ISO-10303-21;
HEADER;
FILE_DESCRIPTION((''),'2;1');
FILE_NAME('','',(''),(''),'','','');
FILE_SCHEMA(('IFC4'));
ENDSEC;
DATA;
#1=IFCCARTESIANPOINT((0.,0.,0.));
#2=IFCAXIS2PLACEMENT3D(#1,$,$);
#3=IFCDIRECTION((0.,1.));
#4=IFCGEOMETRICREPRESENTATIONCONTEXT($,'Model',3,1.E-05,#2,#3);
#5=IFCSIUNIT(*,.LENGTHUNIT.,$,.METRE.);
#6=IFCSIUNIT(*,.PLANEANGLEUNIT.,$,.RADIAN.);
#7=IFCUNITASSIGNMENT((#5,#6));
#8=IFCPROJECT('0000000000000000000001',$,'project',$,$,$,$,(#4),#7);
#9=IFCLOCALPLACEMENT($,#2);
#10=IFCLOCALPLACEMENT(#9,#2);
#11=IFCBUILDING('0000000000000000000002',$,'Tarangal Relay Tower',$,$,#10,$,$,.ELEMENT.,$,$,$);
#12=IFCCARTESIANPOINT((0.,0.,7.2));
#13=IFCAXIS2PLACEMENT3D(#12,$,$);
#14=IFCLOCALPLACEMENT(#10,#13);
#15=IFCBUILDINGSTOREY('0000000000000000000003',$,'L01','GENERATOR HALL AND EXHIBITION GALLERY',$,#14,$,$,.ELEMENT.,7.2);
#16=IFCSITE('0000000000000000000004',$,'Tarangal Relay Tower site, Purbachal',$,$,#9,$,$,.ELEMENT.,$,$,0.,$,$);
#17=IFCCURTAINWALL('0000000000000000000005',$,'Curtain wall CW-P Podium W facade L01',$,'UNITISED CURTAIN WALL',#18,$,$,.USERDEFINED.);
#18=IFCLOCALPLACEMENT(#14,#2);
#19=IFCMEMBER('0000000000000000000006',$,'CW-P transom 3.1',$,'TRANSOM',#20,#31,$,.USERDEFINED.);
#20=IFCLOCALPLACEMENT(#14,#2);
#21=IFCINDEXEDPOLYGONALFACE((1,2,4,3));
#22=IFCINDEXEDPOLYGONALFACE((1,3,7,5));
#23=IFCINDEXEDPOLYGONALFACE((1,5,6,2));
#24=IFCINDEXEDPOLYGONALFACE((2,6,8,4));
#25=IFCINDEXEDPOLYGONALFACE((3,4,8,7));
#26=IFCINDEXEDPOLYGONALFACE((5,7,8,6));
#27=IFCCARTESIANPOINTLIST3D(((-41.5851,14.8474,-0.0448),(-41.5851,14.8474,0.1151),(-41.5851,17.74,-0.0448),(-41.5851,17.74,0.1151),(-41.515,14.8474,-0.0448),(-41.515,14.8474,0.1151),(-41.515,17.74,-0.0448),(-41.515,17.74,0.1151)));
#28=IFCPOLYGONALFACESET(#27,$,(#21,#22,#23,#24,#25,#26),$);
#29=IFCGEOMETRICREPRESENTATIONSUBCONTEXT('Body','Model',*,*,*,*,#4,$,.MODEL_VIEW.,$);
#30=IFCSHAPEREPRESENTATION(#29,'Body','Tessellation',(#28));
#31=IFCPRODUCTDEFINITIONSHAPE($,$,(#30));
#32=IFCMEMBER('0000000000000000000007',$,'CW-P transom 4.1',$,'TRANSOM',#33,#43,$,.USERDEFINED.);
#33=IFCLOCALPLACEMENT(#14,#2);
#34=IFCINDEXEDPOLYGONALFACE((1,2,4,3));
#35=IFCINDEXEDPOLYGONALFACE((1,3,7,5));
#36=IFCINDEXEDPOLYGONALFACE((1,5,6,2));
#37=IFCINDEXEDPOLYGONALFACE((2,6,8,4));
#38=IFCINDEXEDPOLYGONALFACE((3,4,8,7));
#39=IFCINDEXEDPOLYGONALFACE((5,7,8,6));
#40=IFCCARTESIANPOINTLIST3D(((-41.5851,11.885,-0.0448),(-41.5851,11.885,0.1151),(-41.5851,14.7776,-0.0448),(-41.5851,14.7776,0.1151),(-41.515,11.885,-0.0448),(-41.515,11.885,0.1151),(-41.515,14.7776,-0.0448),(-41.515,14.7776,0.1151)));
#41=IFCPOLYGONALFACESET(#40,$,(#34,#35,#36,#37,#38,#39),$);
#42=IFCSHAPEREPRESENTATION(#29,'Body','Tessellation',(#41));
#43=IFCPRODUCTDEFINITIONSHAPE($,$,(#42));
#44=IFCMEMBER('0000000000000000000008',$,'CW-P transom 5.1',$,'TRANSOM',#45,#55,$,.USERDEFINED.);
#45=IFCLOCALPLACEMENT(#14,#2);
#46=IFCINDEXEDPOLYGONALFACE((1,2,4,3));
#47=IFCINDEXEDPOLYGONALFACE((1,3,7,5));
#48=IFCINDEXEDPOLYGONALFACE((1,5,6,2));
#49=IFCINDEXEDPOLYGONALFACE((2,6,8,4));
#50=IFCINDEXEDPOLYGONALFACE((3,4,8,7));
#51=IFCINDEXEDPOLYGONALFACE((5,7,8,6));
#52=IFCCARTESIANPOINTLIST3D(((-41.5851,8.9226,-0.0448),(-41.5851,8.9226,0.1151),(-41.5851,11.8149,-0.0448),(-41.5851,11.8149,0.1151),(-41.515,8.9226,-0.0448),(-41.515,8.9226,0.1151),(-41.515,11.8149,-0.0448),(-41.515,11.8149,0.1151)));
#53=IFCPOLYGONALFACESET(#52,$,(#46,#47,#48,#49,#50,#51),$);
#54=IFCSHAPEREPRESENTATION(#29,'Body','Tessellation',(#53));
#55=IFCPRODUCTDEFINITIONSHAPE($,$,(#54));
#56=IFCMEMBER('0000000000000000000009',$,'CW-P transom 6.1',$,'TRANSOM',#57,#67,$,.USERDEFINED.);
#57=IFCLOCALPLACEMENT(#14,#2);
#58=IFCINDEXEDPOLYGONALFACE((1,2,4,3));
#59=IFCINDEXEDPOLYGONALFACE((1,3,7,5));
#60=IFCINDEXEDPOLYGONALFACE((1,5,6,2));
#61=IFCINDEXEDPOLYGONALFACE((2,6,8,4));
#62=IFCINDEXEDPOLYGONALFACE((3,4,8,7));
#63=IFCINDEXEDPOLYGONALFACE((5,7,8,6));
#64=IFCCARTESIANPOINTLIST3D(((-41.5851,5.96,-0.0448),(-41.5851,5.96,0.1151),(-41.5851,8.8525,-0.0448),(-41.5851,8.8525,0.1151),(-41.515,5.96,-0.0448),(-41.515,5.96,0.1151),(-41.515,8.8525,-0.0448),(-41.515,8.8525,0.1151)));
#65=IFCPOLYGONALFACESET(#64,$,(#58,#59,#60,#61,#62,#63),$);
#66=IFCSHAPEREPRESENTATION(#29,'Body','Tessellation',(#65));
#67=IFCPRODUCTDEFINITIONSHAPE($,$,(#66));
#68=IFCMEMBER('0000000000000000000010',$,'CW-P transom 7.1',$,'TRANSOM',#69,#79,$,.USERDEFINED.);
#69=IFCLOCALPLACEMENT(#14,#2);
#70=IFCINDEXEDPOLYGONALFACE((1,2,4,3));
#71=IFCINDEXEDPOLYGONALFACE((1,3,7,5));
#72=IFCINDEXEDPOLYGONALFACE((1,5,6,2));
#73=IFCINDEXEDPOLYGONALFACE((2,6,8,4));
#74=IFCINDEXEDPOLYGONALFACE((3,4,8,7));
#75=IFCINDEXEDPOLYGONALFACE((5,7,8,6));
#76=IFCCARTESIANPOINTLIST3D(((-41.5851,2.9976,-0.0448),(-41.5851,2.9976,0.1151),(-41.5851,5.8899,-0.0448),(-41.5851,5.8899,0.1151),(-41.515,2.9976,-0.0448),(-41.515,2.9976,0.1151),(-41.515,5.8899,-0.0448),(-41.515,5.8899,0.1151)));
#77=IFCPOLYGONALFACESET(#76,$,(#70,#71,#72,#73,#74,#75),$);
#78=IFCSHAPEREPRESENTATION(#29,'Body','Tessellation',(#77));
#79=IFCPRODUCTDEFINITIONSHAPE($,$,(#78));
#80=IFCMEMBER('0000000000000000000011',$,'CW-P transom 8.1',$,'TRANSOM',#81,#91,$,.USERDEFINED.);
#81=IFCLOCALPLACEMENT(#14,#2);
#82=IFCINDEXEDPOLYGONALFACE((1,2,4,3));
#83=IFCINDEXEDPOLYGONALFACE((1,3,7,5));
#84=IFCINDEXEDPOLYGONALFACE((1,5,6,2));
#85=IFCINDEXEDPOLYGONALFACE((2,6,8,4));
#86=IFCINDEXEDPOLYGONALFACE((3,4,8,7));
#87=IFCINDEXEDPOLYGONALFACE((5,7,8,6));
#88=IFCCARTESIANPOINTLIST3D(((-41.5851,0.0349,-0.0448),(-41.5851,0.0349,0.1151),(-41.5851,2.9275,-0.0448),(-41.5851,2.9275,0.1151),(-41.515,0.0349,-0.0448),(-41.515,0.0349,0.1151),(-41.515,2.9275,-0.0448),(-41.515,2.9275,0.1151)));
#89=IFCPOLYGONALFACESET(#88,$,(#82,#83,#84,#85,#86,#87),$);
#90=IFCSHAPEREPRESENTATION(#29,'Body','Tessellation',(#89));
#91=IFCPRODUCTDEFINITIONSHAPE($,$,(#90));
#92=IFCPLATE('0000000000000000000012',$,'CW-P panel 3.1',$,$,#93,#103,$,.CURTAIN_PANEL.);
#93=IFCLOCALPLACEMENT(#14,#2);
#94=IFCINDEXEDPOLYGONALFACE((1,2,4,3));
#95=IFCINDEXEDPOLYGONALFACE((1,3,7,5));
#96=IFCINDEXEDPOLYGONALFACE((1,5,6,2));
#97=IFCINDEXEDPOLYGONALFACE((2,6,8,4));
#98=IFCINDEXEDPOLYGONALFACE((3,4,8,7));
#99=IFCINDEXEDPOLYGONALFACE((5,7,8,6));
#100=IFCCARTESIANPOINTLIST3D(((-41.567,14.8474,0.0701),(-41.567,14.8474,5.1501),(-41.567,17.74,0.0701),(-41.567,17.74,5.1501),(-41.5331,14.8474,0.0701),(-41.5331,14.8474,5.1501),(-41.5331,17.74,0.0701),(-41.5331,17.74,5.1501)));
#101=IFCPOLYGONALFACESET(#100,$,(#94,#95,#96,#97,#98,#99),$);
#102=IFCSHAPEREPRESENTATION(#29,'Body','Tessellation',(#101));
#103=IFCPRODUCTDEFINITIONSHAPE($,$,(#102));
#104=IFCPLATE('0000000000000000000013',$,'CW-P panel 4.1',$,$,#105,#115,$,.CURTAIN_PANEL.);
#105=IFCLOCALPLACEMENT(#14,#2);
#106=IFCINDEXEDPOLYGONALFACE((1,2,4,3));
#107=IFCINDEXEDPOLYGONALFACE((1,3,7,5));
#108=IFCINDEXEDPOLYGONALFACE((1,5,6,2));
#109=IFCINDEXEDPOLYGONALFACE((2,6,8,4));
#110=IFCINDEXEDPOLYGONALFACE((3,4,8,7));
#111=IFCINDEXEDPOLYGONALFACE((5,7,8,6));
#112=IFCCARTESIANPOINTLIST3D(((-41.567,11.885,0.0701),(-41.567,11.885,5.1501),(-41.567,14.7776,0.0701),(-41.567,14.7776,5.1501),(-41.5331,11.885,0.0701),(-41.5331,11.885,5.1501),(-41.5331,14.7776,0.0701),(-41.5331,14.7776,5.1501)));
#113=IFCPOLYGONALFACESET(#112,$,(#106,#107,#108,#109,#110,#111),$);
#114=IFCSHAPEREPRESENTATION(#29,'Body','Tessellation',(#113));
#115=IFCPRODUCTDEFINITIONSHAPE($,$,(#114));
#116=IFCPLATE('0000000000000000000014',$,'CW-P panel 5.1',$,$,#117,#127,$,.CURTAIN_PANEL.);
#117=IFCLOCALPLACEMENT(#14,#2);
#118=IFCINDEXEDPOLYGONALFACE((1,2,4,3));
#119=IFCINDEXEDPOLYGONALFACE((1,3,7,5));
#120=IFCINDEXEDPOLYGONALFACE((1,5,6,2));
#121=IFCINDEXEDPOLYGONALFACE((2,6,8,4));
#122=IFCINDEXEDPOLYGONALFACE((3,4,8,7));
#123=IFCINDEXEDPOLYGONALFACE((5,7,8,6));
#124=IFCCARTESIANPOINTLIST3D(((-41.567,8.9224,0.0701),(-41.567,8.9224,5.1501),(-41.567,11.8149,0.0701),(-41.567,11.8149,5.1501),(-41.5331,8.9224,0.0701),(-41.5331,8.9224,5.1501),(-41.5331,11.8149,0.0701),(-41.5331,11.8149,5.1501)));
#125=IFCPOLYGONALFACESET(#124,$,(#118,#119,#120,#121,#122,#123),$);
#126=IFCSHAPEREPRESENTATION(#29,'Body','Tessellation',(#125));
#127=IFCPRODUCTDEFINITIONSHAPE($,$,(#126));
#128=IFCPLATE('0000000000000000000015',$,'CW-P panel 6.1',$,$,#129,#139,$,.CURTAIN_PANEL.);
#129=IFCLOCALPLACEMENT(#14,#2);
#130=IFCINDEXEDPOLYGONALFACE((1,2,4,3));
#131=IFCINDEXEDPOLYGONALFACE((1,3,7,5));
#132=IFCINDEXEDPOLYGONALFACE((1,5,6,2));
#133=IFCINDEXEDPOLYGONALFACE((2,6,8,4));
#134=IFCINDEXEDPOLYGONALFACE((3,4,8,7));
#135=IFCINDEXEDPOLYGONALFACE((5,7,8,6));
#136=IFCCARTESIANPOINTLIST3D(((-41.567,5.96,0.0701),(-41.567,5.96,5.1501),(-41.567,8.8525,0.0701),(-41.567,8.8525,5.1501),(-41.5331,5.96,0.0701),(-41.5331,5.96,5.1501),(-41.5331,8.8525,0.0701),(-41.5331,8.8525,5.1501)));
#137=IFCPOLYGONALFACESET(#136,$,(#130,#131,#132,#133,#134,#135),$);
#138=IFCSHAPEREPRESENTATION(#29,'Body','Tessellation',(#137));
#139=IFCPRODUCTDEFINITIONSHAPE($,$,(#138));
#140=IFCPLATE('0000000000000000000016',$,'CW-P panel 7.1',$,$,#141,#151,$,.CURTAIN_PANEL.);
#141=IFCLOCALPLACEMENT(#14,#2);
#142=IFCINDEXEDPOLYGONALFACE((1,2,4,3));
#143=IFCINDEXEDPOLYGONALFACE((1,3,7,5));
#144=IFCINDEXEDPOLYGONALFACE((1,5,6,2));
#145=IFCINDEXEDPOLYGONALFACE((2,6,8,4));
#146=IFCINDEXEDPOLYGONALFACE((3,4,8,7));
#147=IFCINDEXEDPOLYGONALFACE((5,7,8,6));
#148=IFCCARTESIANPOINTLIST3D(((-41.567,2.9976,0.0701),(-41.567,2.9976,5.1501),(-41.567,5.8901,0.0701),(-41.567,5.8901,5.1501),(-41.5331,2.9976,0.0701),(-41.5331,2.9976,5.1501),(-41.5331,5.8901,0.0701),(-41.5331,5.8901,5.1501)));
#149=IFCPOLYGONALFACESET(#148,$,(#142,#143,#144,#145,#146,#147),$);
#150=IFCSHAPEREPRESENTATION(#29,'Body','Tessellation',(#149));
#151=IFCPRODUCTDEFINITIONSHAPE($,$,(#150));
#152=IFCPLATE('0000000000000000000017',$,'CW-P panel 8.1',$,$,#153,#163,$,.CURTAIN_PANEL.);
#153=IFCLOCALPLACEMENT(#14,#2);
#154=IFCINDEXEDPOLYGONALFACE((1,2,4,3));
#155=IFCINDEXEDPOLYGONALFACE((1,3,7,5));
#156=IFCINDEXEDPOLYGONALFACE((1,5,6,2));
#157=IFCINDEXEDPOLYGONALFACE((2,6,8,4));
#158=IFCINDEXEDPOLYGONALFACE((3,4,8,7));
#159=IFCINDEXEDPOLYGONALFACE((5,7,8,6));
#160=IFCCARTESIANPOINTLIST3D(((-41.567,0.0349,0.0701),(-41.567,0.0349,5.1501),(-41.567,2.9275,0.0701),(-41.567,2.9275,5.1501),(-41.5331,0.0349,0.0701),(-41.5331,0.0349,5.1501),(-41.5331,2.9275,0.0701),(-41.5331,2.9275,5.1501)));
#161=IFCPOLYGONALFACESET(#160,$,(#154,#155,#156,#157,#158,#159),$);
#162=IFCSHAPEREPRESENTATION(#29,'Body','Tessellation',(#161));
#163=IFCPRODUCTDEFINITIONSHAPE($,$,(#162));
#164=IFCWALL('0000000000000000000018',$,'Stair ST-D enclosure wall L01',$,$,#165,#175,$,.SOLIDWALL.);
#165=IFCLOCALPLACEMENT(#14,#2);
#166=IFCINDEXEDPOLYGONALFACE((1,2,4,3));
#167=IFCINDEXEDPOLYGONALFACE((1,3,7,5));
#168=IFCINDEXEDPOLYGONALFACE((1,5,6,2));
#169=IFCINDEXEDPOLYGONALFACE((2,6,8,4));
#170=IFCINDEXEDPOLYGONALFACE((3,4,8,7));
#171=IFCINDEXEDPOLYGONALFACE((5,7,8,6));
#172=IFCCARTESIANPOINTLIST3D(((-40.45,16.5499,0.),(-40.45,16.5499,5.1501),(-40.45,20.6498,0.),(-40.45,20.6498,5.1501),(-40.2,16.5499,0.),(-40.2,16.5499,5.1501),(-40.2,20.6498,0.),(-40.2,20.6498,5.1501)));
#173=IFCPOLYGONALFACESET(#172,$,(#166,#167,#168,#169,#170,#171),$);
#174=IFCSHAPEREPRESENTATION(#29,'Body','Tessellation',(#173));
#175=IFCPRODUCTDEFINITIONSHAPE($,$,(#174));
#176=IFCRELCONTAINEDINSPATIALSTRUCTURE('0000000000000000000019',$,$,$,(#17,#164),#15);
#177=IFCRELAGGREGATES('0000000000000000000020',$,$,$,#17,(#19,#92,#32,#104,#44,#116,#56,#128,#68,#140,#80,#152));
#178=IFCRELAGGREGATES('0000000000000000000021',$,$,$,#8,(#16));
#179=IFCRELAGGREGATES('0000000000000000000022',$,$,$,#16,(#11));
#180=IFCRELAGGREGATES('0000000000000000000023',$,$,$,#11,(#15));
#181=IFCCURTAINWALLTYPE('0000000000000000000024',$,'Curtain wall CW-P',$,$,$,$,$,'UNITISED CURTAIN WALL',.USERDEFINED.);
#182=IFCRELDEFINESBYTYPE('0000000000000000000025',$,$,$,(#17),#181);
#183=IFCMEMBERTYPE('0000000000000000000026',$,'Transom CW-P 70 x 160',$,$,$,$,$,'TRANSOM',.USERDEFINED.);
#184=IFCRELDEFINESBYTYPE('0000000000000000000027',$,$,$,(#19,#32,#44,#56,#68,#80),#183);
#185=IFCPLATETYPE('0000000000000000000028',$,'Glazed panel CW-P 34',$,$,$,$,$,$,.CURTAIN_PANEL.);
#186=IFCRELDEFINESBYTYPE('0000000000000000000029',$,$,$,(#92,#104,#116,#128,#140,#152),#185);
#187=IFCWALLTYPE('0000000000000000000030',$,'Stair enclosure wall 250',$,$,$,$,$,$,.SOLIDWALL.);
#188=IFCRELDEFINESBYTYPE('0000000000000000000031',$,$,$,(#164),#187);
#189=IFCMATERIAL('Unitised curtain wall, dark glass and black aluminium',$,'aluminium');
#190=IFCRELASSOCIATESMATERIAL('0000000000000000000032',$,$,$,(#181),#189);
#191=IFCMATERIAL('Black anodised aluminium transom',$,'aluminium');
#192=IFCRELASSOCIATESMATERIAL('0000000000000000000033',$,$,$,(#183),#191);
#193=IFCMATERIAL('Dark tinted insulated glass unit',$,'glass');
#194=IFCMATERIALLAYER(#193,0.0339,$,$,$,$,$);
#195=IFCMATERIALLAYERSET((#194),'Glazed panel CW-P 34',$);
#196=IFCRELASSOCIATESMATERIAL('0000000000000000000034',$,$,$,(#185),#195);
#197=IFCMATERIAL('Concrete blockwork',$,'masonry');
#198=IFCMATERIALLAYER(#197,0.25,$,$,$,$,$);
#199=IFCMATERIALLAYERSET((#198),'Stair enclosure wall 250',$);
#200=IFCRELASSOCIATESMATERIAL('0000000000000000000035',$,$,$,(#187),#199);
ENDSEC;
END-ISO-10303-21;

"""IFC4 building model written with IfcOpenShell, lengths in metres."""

from ifc_helpers import new_model, si_unit, direction, frame, frame_2d, origin, origin_2d, place, context, subcontext, project, spatial, rectangle, extrude, material, layer, layer_set, material_profile, profile_set, type_object, element, aggregate, save


model = new_model("IFC4")

# Units and contexts
model_context = context("Model", 3, precision=1e-05, world=origin(), true_north=direction((0.0, 1.0)))
body_context = subcontext(model_context, "Body", "Model", "MODEL_VIEW")
ifc_project = project(units=[si_unit("LENGTHUNIT", "METRE"), si_unit("PLANEANGLEUNIT", "RADIAN")], contexts=[model_context])

# Site, building, storey
site_placement = place(None, origin())
site = spatial("IfcSite", under=ifc_project, at=site_placement, Name="Tarangal Relay Tower site, Purbachal", CompositionType="ELEMENT", RefElevation=0.0)
building_placement = place(site_placement, origin())
building = spatial("IfcBuilding", under=site, at=building_placement, Name="Tarangal Relay Tower", CompositionType="ELEMENT")
storey_placement = place(building_placement, frame((0.0, 0.0, 7.2)))
storey = spatial("IfcBuildingStorey", under=building, at=storey_placement, Name="L01", Description="GENERATOR HALL AND EXHIBITION GALLERY", CompositionType="ELEMENT", Elevation=7.2)

# Curtain wall
ifc_material_1 = material(Name="Unitised curtain wall, dark glass and black aluminium", Category="aluminium")
curtain_wall_type = type_object("IfcCurtainWallType", Name="Curtain wall CW-P", ElementType="UNITISED CURTAIN WALL", PredefinedType="USERDEFINED", material=ifc_material_1)
curtain_wall_placement = place(storey_placement, origin())
curtain_wall = element("IfcCurtainWall", 1, at=curtain_wall_placement, inside=storey, type_object=curtain_wall_type, Name="Curtain wall CW-P Podium W facade L01", ObjectType="UNITISED CURTAIN WALL", PredefinedType="USERDEFINED")

# Members
ifc_material_2 = material(Name="Black anodised aluminium transom", Category="aluminium")
ifc_material_profile_1 = material_profile(ifc_material_2, rectangle(XDim=0.0701, YDim=0.1599, at=origin_2d()), Name="CW-PT 70X160")
ifc_profile_set_1 = profile_set([ifc_material_profile_1], Name="Black anodised aluminium transom")
member_type_1 = type_object("IfcMemberType", Name="Transom CW-P 70 x 160", ElementType="TRANSOM", PredefinedType="USERDEFINED", material=ifc_profile_set_1)
member_1_placement = place(storey_placement, frame((-41.55, 17.74, 0.0352), z_axis=(0.0, -1.0, 0.0), x_axis=(1.0, 0.0, 0.0)))
member_1 = element("IfcMember", 2, at=member_1_placement, type_object=member_type_1, Name="CW-P transom 3.1", ObjectType="TRANSOM", PredefinedType="USERDEFINED", context=body_context, shape_type="SweptSolid", body=[
    extrude(rectangle(XDim=0.0701, YDim=0.1599, at=origin_2d()), origin(), (0.0, 0.0, 1.0), 2.8926),
])
member_2_placement = place(storey_placement, frame((-41.55, 14.7776, 0.0352), z_axis=(0.0, -1.0, 0.0), x_axis=(1.0, 0.0, 0.0)))
member_2 = element("IfcMember", 3, at=member_2_placement, type_object=member_type_1, Name="CW-P transom 4.1", ObjectType="TRANSOM", PredefinedType="USERDEFINED", context=body_context, shape_type="SweptSolid", body=[
    extrude(rectangle(XDim=0.0701, YDim=0.1599, at=origin_2d()), origin(), (0.0, 0.0, 1.0), 2.8926),
])
member_3_placement = place(storey_placement, frame((-41.55, 11.8149, 0.0352), z_axis=(0.0, -1.0, 0.0), x_axis=(1.0, 0.0, 0.0)))
member_3 = element("IfcMember", 4, at=member_3_placement, type_object=member_type_1, Name="CW-P transom 5.1", ObjectType="TRANSOM", PredefinedType="USERDEFINED", context=body_context, shape_type="SweptSolid", body=[
    extrude(rectangle(XDim=0.0701, YDim=0.1599, at=origin_2d()), origin(), (0.0, 0.0, 1.0), 2.8923),
])
member_4_placement = place(storey_placement, frame((-41.55, 8.8525, 0.0352), z_axis=(0.0, -1.0, 0.0), x_axis=(1.0, 0.0, 0.0)))
member_4 = element("IfcMember", 5, at=member_4_placement, type_object=member_type_1, Name="CW-P transom 6.1", ObjectType="TRANSOM", PredefinedType="USERDEFINED", context=body_context, shape_type="SweptSolid", body=[
    extrude(rectangle(XDim=0.0701, YDim=0.1599, at=origin_2d()), origin(), (0.0, 0.0, 1.0), 2.8926),
])
member_5_placement = place(storey_placement, frame((-41.55, 5.8899, 0.0352), z_axis=(0.0, -1.0, 0.0), x_axis=(1.0, 0.0, 0.0)))
member_5 = element("IfcMember", 6, at=member_5_placement, type_object=member_type_1, Name="CW-P transom 7.1", ObjectType="TRANSOM", PredefinedType="USERDEFINED", context=body_context, shape_type="SweptSolid", body=[
    extrude(rectangle(XDim=0.0701, YDim=0.1599, at=origin_2d()), origin(), (0.0, 0.0, 1.0), 2.8923),
])
member_6_placement = place(storey_placement, frame((-41.55, 2.9275, 0.0352), z_axis=(0.0, -1.0, 0.0), x_axis=(1.0, 0.0, 0.0)))
member_6 = element("IfcMember", 7, at=member_6_placement, type_object=member_type_1, Name="CW-P transom 8.1", ObjectType="TRANSOM", PredefinedType="USERDEFINED", context=body_context, shape_type="SweptSolid", body=[
    extrude(rectangle(XDim=0.0701, YDim=0.1599, at=origin_2d()), origin(), (0.0, 0.0, 1.0), 2.8926),
])

# Plates
ifc_material_3 = material(Name="Dark tinted insulated glass unit", Category="glass")
ifc_layer_1 = layer(ifc_material_3, 0.0339)
ifc_layer_set_1 = layer_set([ifc_layer_1], Name="Glazed panel CW-P 34")
plate_type = type_object("IfcPlateType", Name="Glazed panel CW-P 34", PredefinedType="CURTAIN_PANEL", material=ifc_layer_set_1)
plate_1_placement = place(storey_placement, frame((-41.55, 16.2937, 0.0701), z_axis=(0.0, 0.0, 1.0), x_axis=(0.0, -1.0, 0.0)))
plate_1 = element("IfcPlate", 8, at=plate_1_placement, type_object=plate_type, Name="CW-P panel 3.1", PredefinedType="CURTAIN_PANEL", context=body_context, shape_type="SweptSolid", body=[
    extrude(rectangle(XDim=2.8926, YDim=0.0339, at=origin_2d()), origin(), (0.0, 0.0, 1.0), 5.0801),
])
plate_2_placement = place(storey_placement, frame((-41.55, 13.3313, 0.0701), z_axis=(0.0, 0.0, 1.0), x_axis=(0.0, -1.0, 0.0)))
plate_2 = element("IfcPlate", 9, at=plate_2_placement, type_object=plate_type, Name="CW-P panel 4.1", PredefinedType="CURTAIN_PANEL", context=body_context, shape_type="SweptSolid", body=[
    extrude(rectangle(XDim=2.8926, YDim=0.0339, at=origin_2d()), origin(), (0.0, 0.0, 1.0), 5.0801),
])
plate_3_placement = place(storey_placement, frame((-41.55, 10.3687, 0.0701), z_axis=(0.0, 0.0, 1.0), x_axis=(0.0, -1.0, 0.0)))
plate_3 = element("IfcPlate", 10, at=plate_3_placement, type_object=plate_type, Name="CW-P panel 5.1", PredefinedType="CURTAIN_PANEL", context=body_context, shape_type="SweptSolid", body=[
    extrude(rectangle(XDim=2.8926, YDim=0.0339, at=origin_2d()), origin(), (0.0, 0.0, 1.0), 5.0801),
])
plate_4_placement = place(storey_placement, frame((-41.55, 7.4062, 0.0701), z_axis=(0.0, 0.0, 1.0), x_axis=(0.0, -1.0, 0.0)))
plate_4 = element("IfcPlate", 11, at=plate_4_placement, type_object=plate_type, Name="CW-P panel 6.1", PredefinedType="CURTAIN_PANEL", context=body_context, shape_type="SweptSolid", body=[
    extrude(rectangle(XDim=2.8926, YDim=0.0339, at=origin_2d()), origin(), (0.0, 0.0, 1.0), 5.0801),
])
plate_5_placement = place(storey_placement, frame((-41.55, 4.4438, 0.0701), z_axis=(0.0, 0.0, 1.0), x_axis=(0.0, -1.0, 0.0)))
plate_5 = element("IfcPlate", 12, at=plate_5_placement, type_object=plate_type, Name="CW-P panel 7.1", PredefinedType="CURTAIN_PANEL", context=body_context, shape_type="SweptSolid", body=[
    extrude(rectangle(XDim=2.8926, YDim=0.0339, at=origin_2d()), origin(), (0.0, 0.0, 1.0), 5.0801),
])
plate_6_placement = place(storey_placement, frame((-41.55, 1.4812, 0.0701), z_axis=(0.0, 0.0, 1.0), x_axis=(0.0, -1.0, 0.0)))
plate_6 = element("IfcPlate", 13, at=plate_6_placement, type_object=plate_type, Name="CW-P panel 8.1", PredefinedType="CURTAIN_PANEL", context=body_context, shape_type="SweptSolid", body=[
    extrude(rectangle(XDim=2.8926, YDim=0.0339, at=origin_2d()), origin(), (0.0, 0.0, 1.0), 5.0801),
])
aggregate(curtain_wall, [member_1, plate_1, member_2, plate_2, member_3, plate_3, member_4, plate_4, member_5, plate_5, member_6, plate_6])

# Wall
ifc_material_4 = material(Name="Concrete blockwork", Category="masonry")
ifc_layer_2 = layer(ifc_material_4, 0.25)
ifc_layer_set_2 = layer_set([ifc_layer_2], Name="Stair enclosure wall 250")
wall_type = type_object("IfcWallType", Name="Stair enclosure wall 250", PredefinedType="SOLIDWALL", material=ifc_layer_set_2)
wall_1_placement = place(storey_placement, frame((-40.325, 16.55, 0.0), z_axis=(0.0, 0.0, 1.0), x_axis=(0.0, 1.0, 0.0)))
element("IfcWall", 14, at=wall_1_placement, inside=storey, type_object=wall_type, Name="Stair ST-D enclosure wall L01", PredefinedType="SOLIDWALL", context=body_context, shape_type="SweptSolid", body=[
    extrude(rectangle(XDim=4.0999, YDim=0.25, at=frame_2d((2.0498, 0.0))), origin(), (0.0, 0.0, 1.0), 5.1501),
])

save(model, "model.ifc")
